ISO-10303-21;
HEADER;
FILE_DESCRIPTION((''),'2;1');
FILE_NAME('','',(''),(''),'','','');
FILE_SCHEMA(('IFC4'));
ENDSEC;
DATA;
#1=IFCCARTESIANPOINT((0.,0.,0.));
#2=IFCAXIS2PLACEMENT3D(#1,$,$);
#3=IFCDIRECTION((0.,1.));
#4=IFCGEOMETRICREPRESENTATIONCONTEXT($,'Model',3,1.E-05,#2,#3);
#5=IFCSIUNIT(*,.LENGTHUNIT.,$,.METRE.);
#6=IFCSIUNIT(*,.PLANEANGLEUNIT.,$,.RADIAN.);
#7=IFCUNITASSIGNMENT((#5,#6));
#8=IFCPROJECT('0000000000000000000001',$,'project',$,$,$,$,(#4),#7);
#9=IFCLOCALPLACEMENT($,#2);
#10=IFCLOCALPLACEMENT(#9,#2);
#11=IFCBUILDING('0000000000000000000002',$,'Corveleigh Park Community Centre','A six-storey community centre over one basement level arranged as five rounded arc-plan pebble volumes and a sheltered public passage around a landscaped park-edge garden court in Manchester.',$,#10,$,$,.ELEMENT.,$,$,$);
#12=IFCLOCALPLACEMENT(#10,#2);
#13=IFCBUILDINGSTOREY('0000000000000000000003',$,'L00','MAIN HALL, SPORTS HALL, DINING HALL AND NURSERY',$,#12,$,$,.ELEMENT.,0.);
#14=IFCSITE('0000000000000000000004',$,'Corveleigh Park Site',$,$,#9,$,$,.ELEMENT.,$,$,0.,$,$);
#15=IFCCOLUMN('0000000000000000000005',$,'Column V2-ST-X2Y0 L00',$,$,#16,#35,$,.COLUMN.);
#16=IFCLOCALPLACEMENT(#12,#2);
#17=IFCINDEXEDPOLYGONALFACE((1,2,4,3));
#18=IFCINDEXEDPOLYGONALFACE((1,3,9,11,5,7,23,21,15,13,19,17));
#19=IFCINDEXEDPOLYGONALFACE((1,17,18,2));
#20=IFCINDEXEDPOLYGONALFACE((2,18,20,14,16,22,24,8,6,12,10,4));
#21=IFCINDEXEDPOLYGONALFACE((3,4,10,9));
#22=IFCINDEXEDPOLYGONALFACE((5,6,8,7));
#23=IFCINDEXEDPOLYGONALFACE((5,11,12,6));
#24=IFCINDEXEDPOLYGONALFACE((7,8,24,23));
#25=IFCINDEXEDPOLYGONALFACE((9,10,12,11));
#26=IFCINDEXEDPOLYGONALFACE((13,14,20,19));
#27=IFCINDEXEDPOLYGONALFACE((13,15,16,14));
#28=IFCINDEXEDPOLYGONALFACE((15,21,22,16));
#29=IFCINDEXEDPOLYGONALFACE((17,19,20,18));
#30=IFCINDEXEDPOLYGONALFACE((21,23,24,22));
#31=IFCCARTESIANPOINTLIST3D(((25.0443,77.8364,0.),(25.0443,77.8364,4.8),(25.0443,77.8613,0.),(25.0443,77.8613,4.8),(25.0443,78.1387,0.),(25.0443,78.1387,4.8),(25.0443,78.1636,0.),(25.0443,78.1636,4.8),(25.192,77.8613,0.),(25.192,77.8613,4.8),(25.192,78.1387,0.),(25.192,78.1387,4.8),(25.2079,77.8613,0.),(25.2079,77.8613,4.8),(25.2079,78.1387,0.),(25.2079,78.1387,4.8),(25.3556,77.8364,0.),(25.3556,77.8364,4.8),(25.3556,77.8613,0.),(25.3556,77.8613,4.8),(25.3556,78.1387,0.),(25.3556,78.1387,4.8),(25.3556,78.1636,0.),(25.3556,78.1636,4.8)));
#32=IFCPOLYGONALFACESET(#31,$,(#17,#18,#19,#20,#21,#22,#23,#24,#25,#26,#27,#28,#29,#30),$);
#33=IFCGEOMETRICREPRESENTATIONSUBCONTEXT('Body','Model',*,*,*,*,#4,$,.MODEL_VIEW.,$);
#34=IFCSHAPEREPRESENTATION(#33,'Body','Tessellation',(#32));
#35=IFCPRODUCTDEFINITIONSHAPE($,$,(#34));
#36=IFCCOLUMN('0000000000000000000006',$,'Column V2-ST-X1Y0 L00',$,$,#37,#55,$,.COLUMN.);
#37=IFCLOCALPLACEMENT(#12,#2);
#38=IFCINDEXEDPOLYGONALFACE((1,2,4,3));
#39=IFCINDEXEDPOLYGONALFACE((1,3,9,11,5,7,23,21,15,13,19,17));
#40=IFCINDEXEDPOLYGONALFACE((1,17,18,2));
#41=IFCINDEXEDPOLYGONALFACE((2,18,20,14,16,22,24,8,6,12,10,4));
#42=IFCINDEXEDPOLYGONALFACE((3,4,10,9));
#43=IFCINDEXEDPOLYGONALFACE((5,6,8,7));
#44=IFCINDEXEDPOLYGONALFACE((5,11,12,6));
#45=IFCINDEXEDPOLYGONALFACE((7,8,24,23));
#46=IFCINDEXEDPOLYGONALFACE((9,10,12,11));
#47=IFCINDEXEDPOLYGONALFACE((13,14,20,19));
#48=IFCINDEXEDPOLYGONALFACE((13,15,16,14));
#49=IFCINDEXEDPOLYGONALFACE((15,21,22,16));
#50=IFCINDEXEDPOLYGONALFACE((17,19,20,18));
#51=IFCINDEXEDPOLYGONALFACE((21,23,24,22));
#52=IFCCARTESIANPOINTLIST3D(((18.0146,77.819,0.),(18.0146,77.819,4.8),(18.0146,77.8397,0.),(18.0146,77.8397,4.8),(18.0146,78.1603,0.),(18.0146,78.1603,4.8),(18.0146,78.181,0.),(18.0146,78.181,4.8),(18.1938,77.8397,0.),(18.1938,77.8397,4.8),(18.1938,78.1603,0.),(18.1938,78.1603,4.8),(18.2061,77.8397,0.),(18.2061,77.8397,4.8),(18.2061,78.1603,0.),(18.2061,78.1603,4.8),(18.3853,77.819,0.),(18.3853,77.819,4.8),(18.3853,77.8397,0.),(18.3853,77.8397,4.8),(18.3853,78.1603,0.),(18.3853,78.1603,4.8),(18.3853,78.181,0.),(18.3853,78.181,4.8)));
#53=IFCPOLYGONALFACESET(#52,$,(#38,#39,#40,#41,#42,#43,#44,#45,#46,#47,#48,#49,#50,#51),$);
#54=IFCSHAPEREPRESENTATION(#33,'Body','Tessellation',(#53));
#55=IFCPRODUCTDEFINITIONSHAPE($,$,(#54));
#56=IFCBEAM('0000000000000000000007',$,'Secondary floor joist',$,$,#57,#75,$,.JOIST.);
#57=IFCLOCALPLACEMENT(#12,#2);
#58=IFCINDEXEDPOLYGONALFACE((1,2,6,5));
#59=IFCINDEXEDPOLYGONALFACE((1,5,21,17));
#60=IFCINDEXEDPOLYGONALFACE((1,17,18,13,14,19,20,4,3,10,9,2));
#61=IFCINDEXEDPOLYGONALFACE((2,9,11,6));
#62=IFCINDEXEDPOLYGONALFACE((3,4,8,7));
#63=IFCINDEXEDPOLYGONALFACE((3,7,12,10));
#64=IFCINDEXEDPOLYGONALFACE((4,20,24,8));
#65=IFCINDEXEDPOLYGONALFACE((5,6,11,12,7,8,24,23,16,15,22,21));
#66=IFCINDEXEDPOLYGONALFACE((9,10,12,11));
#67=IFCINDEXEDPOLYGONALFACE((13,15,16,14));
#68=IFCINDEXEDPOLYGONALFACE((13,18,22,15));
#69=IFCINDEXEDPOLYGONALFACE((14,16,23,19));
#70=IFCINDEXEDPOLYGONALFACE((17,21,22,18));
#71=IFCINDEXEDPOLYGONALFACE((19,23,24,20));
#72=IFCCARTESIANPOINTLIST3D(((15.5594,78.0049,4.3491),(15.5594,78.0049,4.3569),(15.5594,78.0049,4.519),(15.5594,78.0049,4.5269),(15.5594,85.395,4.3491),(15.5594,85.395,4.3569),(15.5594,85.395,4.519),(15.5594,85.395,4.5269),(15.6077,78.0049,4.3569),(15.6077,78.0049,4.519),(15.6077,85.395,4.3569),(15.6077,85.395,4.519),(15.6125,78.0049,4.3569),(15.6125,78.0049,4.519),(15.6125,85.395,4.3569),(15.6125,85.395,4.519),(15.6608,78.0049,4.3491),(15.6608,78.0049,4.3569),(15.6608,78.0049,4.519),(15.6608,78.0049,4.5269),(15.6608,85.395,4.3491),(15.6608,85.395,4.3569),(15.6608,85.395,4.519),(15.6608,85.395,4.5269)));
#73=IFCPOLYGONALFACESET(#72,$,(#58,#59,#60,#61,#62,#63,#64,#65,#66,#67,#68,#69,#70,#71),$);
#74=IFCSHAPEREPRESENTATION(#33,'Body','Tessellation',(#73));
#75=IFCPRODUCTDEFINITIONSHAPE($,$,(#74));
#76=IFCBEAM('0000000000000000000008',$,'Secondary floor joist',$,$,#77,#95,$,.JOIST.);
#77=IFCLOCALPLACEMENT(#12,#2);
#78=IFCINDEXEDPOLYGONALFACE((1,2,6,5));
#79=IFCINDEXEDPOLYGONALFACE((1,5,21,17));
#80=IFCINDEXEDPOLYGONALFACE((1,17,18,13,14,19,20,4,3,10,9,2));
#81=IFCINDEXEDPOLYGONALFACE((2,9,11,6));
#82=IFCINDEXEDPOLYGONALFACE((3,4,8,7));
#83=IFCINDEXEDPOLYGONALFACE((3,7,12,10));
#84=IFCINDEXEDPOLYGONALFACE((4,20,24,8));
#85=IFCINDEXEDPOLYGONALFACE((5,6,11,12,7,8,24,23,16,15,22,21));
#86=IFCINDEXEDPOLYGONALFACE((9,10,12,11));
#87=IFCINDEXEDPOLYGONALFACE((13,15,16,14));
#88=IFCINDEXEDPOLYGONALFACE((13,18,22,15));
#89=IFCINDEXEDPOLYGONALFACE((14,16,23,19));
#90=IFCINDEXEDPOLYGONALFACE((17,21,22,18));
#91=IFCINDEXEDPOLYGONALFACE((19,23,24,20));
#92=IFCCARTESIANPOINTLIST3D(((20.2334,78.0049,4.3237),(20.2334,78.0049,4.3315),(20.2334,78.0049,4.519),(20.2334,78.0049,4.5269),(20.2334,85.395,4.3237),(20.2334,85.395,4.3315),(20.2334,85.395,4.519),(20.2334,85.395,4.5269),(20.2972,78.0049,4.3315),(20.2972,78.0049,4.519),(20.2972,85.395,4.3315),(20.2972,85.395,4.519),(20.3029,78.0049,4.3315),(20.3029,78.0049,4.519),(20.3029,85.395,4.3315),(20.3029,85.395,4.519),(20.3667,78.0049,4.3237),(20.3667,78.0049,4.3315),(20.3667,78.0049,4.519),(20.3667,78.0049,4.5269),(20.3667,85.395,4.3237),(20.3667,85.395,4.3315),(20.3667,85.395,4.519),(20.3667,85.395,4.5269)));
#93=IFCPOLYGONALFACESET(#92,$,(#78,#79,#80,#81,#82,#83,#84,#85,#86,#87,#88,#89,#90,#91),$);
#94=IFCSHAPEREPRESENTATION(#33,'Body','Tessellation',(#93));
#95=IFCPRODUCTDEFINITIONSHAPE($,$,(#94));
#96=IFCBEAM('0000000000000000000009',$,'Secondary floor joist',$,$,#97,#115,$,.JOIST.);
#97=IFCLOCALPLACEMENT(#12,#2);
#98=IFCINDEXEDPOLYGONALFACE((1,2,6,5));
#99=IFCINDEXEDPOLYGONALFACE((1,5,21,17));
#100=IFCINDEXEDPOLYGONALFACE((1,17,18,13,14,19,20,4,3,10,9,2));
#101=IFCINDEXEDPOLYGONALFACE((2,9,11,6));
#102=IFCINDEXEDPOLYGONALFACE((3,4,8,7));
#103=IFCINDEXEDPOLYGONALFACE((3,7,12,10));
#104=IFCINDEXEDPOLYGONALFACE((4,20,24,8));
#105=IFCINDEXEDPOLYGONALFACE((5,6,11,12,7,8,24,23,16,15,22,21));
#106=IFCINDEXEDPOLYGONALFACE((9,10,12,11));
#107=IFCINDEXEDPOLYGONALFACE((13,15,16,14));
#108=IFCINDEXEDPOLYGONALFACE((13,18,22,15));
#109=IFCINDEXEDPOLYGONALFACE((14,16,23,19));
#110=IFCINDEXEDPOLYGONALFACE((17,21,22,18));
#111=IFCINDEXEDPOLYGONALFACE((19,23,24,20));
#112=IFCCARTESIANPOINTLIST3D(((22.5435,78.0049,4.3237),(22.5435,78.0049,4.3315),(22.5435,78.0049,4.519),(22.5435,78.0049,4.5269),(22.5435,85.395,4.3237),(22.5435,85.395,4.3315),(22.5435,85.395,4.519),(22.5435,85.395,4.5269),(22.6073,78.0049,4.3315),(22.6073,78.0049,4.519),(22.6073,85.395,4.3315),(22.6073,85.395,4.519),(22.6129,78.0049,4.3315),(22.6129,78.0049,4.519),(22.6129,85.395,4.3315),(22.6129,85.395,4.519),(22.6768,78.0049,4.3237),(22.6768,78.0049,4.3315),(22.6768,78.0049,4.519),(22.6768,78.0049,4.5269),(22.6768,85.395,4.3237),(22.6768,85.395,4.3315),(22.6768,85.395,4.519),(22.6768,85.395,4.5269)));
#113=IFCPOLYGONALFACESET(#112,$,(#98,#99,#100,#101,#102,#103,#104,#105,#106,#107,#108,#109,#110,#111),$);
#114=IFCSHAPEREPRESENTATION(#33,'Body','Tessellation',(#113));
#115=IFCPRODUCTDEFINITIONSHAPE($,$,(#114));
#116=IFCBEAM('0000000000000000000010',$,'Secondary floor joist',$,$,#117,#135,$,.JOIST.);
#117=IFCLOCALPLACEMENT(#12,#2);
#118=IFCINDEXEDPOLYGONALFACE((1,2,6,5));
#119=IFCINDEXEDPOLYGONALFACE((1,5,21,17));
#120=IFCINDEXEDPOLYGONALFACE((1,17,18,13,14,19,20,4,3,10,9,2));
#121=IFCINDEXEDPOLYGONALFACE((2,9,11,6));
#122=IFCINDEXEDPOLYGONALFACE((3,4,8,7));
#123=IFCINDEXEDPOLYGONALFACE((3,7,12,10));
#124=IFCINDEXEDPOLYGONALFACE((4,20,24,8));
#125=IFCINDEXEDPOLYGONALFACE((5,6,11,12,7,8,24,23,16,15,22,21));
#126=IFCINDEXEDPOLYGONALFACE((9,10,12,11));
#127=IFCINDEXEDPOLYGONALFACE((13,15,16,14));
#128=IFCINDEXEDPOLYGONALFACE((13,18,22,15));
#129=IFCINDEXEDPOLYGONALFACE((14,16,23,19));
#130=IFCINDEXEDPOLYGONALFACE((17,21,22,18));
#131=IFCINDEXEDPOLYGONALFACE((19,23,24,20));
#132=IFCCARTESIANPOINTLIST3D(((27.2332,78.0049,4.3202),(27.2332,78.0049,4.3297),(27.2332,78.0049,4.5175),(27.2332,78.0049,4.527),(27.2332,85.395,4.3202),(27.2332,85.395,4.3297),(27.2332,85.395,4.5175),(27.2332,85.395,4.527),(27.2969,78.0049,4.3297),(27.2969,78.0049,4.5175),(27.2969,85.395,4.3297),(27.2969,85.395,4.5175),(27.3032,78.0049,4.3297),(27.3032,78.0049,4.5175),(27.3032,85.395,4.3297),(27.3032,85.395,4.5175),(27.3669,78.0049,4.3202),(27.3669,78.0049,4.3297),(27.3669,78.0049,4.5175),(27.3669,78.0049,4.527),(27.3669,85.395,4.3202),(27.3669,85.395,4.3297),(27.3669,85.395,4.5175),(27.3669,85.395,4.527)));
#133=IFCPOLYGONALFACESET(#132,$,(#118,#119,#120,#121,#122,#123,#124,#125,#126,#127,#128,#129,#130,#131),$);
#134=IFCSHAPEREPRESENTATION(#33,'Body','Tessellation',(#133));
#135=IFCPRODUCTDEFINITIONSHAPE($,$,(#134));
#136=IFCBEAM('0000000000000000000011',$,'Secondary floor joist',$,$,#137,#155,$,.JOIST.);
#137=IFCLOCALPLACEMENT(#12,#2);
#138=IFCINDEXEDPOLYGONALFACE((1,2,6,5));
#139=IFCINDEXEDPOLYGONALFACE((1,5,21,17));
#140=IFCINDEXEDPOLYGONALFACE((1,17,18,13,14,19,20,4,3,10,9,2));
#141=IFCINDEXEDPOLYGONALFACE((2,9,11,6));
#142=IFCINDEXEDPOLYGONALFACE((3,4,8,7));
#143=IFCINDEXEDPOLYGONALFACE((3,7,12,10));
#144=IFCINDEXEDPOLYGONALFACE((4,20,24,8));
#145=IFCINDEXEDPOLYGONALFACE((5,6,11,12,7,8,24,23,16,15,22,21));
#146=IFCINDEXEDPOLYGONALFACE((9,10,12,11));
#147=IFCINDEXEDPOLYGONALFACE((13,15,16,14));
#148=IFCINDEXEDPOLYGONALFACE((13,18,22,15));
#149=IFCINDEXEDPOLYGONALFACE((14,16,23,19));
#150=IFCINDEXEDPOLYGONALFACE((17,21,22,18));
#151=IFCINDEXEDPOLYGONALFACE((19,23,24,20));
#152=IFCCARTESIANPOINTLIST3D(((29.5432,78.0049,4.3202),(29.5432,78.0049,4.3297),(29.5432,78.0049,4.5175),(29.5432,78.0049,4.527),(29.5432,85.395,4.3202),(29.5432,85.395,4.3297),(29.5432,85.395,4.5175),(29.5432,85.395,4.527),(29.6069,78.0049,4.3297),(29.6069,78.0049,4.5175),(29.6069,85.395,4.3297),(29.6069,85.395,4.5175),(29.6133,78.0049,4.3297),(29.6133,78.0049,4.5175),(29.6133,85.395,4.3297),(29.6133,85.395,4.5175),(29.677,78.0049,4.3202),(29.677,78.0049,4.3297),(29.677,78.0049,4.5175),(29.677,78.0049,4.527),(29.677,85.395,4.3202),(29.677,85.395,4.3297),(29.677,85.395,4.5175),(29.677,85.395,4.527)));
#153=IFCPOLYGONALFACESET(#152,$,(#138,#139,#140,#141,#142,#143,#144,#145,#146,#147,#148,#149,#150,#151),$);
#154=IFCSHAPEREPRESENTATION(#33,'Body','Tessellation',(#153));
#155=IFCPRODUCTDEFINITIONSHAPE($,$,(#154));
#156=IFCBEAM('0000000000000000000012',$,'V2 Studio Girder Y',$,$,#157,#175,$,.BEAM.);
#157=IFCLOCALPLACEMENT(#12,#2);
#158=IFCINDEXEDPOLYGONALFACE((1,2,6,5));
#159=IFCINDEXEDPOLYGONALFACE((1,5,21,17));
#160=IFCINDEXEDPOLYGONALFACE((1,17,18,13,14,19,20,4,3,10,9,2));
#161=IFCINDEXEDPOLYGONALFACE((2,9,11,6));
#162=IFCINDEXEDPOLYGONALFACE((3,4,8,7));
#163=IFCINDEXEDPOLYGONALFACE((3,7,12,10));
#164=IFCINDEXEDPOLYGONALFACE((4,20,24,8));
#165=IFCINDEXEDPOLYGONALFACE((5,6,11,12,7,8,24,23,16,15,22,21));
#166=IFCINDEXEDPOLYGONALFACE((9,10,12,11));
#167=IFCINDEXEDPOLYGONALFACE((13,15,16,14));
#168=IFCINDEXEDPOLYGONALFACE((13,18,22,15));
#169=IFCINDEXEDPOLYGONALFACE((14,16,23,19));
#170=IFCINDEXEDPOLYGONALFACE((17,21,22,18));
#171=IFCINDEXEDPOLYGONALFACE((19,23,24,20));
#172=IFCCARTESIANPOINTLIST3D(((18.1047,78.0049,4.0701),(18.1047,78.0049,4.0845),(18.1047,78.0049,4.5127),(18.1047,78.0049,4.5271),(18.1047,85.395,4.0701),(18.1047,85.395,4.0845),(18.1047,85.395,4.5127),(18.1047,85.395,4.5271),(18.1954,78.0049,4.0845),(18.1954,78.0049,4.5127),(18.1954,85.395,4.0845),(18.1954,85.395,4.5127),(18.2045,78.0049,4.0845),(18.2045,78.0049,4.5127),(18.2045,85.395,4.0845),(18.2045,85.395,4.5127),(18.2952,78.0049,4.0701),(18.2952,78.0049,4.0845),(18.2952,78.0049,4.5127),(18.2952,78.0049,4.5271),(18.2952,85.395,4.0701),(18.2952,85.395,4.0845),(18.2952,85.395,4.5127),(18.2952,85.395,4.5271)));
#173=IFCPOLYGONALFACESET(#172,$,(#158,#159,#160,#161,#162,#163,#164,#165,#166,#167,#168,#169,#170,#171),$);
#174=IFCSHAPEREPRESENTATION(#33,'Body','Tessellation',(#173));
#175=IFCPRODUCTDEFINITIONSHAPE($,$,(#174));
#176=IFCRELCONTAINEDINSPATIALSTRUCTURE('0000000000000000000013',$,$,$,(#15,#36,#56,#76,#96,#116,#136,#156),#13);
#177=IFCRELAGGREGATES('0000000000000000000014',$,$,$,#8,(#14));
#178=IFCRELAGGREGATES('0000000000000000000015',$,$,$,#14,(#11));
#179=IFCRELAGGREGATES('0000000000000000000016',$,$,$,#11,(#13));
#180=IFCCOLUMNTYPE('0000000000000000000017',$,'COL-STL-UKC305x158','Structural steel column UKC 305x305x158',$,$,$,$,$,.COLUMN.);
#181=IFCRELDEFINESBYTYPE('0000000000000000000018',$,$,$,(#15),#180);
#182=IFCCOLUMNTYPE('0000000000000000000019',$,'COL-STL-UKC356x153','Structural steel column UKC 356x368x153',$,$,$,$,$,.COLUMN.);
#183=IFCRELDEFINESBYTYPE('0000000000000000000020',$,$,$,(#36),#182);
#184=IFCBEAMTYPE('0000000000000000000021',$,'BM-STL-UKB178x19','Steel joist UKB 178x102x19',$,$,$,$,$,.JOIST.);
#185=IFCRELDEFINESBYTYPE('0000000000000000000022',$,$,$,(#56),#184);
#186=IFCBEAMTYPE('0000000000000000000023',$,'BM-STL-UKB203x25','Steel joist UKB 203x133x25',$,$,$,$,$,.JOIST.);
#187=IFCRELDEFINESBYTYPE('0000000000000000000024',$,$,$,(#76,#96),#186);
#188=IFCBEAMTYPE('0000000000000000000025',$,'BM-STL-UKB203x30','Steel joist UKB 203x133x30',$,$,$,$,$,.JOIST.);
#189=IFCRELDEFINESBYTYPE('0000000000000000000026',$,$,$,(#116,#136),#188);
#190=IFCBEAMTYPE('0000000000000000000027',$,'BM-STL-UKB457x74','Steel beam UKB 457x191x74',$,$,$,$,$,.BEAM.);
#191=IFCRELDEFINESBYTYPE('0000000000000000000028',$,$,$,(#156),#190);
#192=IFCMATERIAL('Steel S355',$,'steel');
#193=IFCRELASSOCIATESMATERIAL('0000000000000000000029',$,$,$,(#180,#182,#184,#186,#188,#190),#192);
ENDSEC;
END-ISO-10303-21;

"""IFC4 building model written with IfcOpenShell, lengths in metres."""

from ifc_helpers import new_model, si_unit, direction, frame, origin, origin_2d, place, context, subcontext, project, spatial, i_section, extrude, material, material_profile, profile_set, type_object, element, save


model = new_model("IFC4")

# Units and contexts
model_context = context("Model", 3, precision=1e-05, world=origin(), true_north=direction((0.0, 1.0)))
body_context = subcontext(model_context, "Body", "Model", "MODEL_VIEW")
ifc_project = project(units=[si_unit("LENGTHUNIT", "METRE"), si_unit("PLANEANGLEUNIT", "RADIAN")], contexts=[model_context])

# Site, building, storey
site_placement = place(None, origin())
site = spatial("IfcSite", under=ifc_project, at=site_placement, Name="Corveleigh Park Site", CompositionType="ELEMENT", RefElevation=0.0)
building_placement = place(site_placement, origin())
building = spatial("IfcBuilding", under=site, at=building_placement, Name="Corveleigh Park Community Centre", Description="A six-storey community centre over one basement level arranged as five rounded arc-plan pebble volumes and a sheltered public passage around a landscaped park-edge garden court in Manchester.", CompositionType="ELEMENT")
storey_placement = place(building_placement, origin())
storey = spatial("IfcBuildingStorey", under=building, at=storey_placement, Name="L00", Description="MAIN HALL, SPORTS HALL, DINING HALL AND NURSERY", CompositionType="ELEMENT", Elevation=0.0)

# Columns
ifc_material_1 = material(Name="Steel S355", Category="steel")
ifc_material_profile_1 = material_profile(ifc_material_1, i_section(OverallWidth=0.3113, OverallDepth=0.3271, WebThickness=0.0159, FlangeThickness=0.0249, at=origin_2d()), Name="UKC 305x305x158", Category="steel")
ifc_profile_set_1 = profile_set([ifc_material_profile_1], Name="Steel S355")
column_type_1 = type_object("IfcColumnType", Name="COL-STL-UKC305x158", Description="Structural steel column UKC 305x305x158", PredefinedType="COLUMN", material=ifc_profile_set_1)
column_1_placement = place(storey_placement, frame((25.2, 78.0, 0.0), z_axis=(0.0, 0.0, 1.0), x_axis=(1.0, 0.0, 0.0)))
element("IfcColumn", 1, at=column_1_placement, inside=storey, type_object=column_type_1, Name="Column V2-ST-X2Y0 L00", PredefinedType="COLUMN", context=body_context, shape_type="SweptSolid", body=[
    extrude(i_section(OverallWidth=0.3113, OverallDepth=0.3271, WebThickness=0.0159, FlangeThickness=0.0249, at=origin_2d()), origin(), (0.0, 0.0, 1.0), 4.8),
])
ifc_material_profile_2 = material_profile(ifc_material_1, i_section(OverallWidth=0.3706, OverallDepth=0.3621, WebThickness=0.0122, FlangeThickness=0.0208, at=origin_2d()), Name="UKC 356x368x153", Category="steel")
ifc_profile_set_2 = profile_set([ifc_material_profile_2], Name="Steel S355")
column_type_2 = type_object("IfcColumnType", Name="COL-STL-UKC356x153", Description="Structural steel column UKC 356x368x153", PredefinedType="COLUMN", material=ifc_profile_set_2)
column_2_placement = place(storey_placement, frame((18.2, 78.0, 0.0), z_axis=(0.0, 0.0, 1.0), x_axis=(1.0, 0.0, 0.0)))
element("IfcColumn", 2, at=column_2_placement, inside=storey, type_object=column_type_2, Name="Column V2-ST-X1Y0 L00", PredefinedType="COLUMN", context=body_context, shape_type="SweptSolid", body=[
    extrude(i_section(OverallWidth=0.3706, OverallDepth=0.3621, WebThickness=0.0122, FlangeThickness=0.0208, at=origin_2d()), origin(), (0.0, 0.0, 1.0), 4.8),
])

# Beams
ifc_material_profile_3 = material_profile(ifc_material_1, i_section(OverallWidth=0.1013, OverallDepth=0.1777, WebThickness=0.0049, FlangeThickness=0.0078, at=origin_2d()), Name="UKB 178x102x19", Category="steel")
ifc_profile_set_3 = profile_set([ifc_material_profile_3], Name="Steel S355")
beam_type_1 = type_object("IfcBeamType", Name="BM-STL-UKB178x19", Description="Steel joist UKB 178x102x19", PredefinedType="JOIST", material=ifc_profile_set_3)
beam_placement = place(storey_placement, frame((15.6101, 78.0049, 4.438), z_axis=(0.0, 1.0, 0.0), x_axis=(-1.0, 0.0, 0.0)))
element("IfcBeam", 3, at=beam_placement, inside=storey, type_object=beam_type_1, Name="Secondary floor joist", PredefinedType="JOIST", context=body_context, shape_type="SweptSolid", body=[
    extrude(i_section(OverallWidth=0.1013, OverallDepth=0.1777, WebThickness=0.0049, FlangeThickness=0.0078, at=origin_2d()), origin(), (0.0, 0.0, 1.0), 7.3901),
])
ifc_material_profile_4 = material_profile(ifc_material_1, i_section(OverallWidth=0.1333, OverallDepth=0.2031, WebThickness=0.0056, FlangeThickness=0.0078, at=origin_2d()), Name="UKB 203x133x25", Category="steel")
ifc_profile_set_4 = profile_set([ifc_material_profile_4], Name="Steel S355")
beam_type_2 = type_object("IfcBeamType", Name="BM-STL-UKB203x25", Description="Steel joist UKB 203x133x25", PredefinedType="JOIST", material=ifc_profile_set_4)
for number, where, z_axis, x_axis, name in (
    (4, (20.3, 78.0049, 4.4253), (0.0, 1.0, 0.0), (-1.0, 0.0, 0.0), "Secondary floor joist"),
    (5, (22.6101, 78.0049, 4.4253), (0.0, 1.0, 0.0), (-1.0, 0.0, 0.0), "Secondary floor joist"),
):
    element("IfcBeam", number, at=place(storey_placement, frame(where, z_axis=z_axis, x_axis=x_axis)), inside=storey, type_object=beam_type_2, Name=name, PredefinedType="JOIST", context=body_context, shape_type="SweptSolid", body=[
        extrude(i_section(OverallWidth=0.1333, OverallDepth=0.2031, WebThickness=0.0056, FlangeThickness=0.0078, at=origin_2d()), origin(), (0.0, 0.0, 1.0), 7.3901),
    ])
ifc_material_profile_5 = material_profile(ifc_material_1, i_section(OverallWidth=0.1338, OverallDepth=0.2068, WebThickness=0.0063, FlangeThickness=0.0095, at=origin_2d()), Name="UKB 203x133x30", Category="steel")
ifc_profile_set_5 = profile_set([ifc_material_profile_5], Name="Steel S355")
beam_type_3 = type_object("IfcBeamType", Name="BM-STL-UKB203x30", Description="Steel joist UKB 203x133x30", PredefinedType="JOIST", material=ifc_profile_set_5)
for number, where, z_axis, x_axis, name in (
    (6, (27.3, 78.0049, 4.4236), (0.0, 1.0, 0.0), (-1.0, 0.0, 0.0), "Secondary floor joist"),
    (7, (29.6101, 78.0049, 4.4236), (0.0, 1.0, 0.0), (-1.0, 0.0, 0.0), "Secondary floor joist"),
):
    element("IfcBeam", number, at=place(storey_placement, frame(where, z_axis=z_axis, x_axis=x_axis)), inside=storey, type_object=beam_type_3, Name=name, PredefinedType="JOIST", context=body_context, shape_type="SweptSolid", body=[
        extrude(i_section(OverallWidth=0.1338, OverallDepth=0.2068, WebThickness=0.0063, FlangeThickness=0.0095, at=origin_2d()), origin(), (0.0, 0.0, 1.0), 7.3901),
    ])
ifc_material_profile_6 = material_profile(ifc_material_1, i_section(OverallWidth=0.1904, OverallDepth=0.457, WebThickness=0.009, FlangeThickness=0.0144, at=origin_2d()), Name="UKB 457x191x74", Category="steel")
ifc_profile_set_6 = profile_set([ifc_material_profile_6], Name="Steel S355")
beam_type_4 = type_object("IfcBeamType", Name="BM-STL-UKB457x74", Description="Steel beam UKB 457x191x74", PredefinedType="BEAM", material=ifc_profile_set_6)
for number, where, z_axis, x_axis, name in (
    (8, (18.2, 78.0049, 4.2986), (0.0, 1.0, 0.0), (-1.0, 0.0, 0.0), "V2 Studio Girder Y"),
):
    element("IfcBeam", number, at=place(storey_placement, frame(where, z_axis=z_axis, x_axis=x_axis)), inside=storey, type_object=beam_type_4, Name=name, PredefinedType="BEAM", context=body_context, shape_type="SweptSolid", body=[
        extrude(i_section(OverallWidth=0.1904, OverallDepth=0.457, WebThickness=0.009, FlangeThickness=0.0144, at=origin_2d()), origin(), (0.0, 0.0, 1.0), 7.3901),
    ])

save(model, "model.ifc")
